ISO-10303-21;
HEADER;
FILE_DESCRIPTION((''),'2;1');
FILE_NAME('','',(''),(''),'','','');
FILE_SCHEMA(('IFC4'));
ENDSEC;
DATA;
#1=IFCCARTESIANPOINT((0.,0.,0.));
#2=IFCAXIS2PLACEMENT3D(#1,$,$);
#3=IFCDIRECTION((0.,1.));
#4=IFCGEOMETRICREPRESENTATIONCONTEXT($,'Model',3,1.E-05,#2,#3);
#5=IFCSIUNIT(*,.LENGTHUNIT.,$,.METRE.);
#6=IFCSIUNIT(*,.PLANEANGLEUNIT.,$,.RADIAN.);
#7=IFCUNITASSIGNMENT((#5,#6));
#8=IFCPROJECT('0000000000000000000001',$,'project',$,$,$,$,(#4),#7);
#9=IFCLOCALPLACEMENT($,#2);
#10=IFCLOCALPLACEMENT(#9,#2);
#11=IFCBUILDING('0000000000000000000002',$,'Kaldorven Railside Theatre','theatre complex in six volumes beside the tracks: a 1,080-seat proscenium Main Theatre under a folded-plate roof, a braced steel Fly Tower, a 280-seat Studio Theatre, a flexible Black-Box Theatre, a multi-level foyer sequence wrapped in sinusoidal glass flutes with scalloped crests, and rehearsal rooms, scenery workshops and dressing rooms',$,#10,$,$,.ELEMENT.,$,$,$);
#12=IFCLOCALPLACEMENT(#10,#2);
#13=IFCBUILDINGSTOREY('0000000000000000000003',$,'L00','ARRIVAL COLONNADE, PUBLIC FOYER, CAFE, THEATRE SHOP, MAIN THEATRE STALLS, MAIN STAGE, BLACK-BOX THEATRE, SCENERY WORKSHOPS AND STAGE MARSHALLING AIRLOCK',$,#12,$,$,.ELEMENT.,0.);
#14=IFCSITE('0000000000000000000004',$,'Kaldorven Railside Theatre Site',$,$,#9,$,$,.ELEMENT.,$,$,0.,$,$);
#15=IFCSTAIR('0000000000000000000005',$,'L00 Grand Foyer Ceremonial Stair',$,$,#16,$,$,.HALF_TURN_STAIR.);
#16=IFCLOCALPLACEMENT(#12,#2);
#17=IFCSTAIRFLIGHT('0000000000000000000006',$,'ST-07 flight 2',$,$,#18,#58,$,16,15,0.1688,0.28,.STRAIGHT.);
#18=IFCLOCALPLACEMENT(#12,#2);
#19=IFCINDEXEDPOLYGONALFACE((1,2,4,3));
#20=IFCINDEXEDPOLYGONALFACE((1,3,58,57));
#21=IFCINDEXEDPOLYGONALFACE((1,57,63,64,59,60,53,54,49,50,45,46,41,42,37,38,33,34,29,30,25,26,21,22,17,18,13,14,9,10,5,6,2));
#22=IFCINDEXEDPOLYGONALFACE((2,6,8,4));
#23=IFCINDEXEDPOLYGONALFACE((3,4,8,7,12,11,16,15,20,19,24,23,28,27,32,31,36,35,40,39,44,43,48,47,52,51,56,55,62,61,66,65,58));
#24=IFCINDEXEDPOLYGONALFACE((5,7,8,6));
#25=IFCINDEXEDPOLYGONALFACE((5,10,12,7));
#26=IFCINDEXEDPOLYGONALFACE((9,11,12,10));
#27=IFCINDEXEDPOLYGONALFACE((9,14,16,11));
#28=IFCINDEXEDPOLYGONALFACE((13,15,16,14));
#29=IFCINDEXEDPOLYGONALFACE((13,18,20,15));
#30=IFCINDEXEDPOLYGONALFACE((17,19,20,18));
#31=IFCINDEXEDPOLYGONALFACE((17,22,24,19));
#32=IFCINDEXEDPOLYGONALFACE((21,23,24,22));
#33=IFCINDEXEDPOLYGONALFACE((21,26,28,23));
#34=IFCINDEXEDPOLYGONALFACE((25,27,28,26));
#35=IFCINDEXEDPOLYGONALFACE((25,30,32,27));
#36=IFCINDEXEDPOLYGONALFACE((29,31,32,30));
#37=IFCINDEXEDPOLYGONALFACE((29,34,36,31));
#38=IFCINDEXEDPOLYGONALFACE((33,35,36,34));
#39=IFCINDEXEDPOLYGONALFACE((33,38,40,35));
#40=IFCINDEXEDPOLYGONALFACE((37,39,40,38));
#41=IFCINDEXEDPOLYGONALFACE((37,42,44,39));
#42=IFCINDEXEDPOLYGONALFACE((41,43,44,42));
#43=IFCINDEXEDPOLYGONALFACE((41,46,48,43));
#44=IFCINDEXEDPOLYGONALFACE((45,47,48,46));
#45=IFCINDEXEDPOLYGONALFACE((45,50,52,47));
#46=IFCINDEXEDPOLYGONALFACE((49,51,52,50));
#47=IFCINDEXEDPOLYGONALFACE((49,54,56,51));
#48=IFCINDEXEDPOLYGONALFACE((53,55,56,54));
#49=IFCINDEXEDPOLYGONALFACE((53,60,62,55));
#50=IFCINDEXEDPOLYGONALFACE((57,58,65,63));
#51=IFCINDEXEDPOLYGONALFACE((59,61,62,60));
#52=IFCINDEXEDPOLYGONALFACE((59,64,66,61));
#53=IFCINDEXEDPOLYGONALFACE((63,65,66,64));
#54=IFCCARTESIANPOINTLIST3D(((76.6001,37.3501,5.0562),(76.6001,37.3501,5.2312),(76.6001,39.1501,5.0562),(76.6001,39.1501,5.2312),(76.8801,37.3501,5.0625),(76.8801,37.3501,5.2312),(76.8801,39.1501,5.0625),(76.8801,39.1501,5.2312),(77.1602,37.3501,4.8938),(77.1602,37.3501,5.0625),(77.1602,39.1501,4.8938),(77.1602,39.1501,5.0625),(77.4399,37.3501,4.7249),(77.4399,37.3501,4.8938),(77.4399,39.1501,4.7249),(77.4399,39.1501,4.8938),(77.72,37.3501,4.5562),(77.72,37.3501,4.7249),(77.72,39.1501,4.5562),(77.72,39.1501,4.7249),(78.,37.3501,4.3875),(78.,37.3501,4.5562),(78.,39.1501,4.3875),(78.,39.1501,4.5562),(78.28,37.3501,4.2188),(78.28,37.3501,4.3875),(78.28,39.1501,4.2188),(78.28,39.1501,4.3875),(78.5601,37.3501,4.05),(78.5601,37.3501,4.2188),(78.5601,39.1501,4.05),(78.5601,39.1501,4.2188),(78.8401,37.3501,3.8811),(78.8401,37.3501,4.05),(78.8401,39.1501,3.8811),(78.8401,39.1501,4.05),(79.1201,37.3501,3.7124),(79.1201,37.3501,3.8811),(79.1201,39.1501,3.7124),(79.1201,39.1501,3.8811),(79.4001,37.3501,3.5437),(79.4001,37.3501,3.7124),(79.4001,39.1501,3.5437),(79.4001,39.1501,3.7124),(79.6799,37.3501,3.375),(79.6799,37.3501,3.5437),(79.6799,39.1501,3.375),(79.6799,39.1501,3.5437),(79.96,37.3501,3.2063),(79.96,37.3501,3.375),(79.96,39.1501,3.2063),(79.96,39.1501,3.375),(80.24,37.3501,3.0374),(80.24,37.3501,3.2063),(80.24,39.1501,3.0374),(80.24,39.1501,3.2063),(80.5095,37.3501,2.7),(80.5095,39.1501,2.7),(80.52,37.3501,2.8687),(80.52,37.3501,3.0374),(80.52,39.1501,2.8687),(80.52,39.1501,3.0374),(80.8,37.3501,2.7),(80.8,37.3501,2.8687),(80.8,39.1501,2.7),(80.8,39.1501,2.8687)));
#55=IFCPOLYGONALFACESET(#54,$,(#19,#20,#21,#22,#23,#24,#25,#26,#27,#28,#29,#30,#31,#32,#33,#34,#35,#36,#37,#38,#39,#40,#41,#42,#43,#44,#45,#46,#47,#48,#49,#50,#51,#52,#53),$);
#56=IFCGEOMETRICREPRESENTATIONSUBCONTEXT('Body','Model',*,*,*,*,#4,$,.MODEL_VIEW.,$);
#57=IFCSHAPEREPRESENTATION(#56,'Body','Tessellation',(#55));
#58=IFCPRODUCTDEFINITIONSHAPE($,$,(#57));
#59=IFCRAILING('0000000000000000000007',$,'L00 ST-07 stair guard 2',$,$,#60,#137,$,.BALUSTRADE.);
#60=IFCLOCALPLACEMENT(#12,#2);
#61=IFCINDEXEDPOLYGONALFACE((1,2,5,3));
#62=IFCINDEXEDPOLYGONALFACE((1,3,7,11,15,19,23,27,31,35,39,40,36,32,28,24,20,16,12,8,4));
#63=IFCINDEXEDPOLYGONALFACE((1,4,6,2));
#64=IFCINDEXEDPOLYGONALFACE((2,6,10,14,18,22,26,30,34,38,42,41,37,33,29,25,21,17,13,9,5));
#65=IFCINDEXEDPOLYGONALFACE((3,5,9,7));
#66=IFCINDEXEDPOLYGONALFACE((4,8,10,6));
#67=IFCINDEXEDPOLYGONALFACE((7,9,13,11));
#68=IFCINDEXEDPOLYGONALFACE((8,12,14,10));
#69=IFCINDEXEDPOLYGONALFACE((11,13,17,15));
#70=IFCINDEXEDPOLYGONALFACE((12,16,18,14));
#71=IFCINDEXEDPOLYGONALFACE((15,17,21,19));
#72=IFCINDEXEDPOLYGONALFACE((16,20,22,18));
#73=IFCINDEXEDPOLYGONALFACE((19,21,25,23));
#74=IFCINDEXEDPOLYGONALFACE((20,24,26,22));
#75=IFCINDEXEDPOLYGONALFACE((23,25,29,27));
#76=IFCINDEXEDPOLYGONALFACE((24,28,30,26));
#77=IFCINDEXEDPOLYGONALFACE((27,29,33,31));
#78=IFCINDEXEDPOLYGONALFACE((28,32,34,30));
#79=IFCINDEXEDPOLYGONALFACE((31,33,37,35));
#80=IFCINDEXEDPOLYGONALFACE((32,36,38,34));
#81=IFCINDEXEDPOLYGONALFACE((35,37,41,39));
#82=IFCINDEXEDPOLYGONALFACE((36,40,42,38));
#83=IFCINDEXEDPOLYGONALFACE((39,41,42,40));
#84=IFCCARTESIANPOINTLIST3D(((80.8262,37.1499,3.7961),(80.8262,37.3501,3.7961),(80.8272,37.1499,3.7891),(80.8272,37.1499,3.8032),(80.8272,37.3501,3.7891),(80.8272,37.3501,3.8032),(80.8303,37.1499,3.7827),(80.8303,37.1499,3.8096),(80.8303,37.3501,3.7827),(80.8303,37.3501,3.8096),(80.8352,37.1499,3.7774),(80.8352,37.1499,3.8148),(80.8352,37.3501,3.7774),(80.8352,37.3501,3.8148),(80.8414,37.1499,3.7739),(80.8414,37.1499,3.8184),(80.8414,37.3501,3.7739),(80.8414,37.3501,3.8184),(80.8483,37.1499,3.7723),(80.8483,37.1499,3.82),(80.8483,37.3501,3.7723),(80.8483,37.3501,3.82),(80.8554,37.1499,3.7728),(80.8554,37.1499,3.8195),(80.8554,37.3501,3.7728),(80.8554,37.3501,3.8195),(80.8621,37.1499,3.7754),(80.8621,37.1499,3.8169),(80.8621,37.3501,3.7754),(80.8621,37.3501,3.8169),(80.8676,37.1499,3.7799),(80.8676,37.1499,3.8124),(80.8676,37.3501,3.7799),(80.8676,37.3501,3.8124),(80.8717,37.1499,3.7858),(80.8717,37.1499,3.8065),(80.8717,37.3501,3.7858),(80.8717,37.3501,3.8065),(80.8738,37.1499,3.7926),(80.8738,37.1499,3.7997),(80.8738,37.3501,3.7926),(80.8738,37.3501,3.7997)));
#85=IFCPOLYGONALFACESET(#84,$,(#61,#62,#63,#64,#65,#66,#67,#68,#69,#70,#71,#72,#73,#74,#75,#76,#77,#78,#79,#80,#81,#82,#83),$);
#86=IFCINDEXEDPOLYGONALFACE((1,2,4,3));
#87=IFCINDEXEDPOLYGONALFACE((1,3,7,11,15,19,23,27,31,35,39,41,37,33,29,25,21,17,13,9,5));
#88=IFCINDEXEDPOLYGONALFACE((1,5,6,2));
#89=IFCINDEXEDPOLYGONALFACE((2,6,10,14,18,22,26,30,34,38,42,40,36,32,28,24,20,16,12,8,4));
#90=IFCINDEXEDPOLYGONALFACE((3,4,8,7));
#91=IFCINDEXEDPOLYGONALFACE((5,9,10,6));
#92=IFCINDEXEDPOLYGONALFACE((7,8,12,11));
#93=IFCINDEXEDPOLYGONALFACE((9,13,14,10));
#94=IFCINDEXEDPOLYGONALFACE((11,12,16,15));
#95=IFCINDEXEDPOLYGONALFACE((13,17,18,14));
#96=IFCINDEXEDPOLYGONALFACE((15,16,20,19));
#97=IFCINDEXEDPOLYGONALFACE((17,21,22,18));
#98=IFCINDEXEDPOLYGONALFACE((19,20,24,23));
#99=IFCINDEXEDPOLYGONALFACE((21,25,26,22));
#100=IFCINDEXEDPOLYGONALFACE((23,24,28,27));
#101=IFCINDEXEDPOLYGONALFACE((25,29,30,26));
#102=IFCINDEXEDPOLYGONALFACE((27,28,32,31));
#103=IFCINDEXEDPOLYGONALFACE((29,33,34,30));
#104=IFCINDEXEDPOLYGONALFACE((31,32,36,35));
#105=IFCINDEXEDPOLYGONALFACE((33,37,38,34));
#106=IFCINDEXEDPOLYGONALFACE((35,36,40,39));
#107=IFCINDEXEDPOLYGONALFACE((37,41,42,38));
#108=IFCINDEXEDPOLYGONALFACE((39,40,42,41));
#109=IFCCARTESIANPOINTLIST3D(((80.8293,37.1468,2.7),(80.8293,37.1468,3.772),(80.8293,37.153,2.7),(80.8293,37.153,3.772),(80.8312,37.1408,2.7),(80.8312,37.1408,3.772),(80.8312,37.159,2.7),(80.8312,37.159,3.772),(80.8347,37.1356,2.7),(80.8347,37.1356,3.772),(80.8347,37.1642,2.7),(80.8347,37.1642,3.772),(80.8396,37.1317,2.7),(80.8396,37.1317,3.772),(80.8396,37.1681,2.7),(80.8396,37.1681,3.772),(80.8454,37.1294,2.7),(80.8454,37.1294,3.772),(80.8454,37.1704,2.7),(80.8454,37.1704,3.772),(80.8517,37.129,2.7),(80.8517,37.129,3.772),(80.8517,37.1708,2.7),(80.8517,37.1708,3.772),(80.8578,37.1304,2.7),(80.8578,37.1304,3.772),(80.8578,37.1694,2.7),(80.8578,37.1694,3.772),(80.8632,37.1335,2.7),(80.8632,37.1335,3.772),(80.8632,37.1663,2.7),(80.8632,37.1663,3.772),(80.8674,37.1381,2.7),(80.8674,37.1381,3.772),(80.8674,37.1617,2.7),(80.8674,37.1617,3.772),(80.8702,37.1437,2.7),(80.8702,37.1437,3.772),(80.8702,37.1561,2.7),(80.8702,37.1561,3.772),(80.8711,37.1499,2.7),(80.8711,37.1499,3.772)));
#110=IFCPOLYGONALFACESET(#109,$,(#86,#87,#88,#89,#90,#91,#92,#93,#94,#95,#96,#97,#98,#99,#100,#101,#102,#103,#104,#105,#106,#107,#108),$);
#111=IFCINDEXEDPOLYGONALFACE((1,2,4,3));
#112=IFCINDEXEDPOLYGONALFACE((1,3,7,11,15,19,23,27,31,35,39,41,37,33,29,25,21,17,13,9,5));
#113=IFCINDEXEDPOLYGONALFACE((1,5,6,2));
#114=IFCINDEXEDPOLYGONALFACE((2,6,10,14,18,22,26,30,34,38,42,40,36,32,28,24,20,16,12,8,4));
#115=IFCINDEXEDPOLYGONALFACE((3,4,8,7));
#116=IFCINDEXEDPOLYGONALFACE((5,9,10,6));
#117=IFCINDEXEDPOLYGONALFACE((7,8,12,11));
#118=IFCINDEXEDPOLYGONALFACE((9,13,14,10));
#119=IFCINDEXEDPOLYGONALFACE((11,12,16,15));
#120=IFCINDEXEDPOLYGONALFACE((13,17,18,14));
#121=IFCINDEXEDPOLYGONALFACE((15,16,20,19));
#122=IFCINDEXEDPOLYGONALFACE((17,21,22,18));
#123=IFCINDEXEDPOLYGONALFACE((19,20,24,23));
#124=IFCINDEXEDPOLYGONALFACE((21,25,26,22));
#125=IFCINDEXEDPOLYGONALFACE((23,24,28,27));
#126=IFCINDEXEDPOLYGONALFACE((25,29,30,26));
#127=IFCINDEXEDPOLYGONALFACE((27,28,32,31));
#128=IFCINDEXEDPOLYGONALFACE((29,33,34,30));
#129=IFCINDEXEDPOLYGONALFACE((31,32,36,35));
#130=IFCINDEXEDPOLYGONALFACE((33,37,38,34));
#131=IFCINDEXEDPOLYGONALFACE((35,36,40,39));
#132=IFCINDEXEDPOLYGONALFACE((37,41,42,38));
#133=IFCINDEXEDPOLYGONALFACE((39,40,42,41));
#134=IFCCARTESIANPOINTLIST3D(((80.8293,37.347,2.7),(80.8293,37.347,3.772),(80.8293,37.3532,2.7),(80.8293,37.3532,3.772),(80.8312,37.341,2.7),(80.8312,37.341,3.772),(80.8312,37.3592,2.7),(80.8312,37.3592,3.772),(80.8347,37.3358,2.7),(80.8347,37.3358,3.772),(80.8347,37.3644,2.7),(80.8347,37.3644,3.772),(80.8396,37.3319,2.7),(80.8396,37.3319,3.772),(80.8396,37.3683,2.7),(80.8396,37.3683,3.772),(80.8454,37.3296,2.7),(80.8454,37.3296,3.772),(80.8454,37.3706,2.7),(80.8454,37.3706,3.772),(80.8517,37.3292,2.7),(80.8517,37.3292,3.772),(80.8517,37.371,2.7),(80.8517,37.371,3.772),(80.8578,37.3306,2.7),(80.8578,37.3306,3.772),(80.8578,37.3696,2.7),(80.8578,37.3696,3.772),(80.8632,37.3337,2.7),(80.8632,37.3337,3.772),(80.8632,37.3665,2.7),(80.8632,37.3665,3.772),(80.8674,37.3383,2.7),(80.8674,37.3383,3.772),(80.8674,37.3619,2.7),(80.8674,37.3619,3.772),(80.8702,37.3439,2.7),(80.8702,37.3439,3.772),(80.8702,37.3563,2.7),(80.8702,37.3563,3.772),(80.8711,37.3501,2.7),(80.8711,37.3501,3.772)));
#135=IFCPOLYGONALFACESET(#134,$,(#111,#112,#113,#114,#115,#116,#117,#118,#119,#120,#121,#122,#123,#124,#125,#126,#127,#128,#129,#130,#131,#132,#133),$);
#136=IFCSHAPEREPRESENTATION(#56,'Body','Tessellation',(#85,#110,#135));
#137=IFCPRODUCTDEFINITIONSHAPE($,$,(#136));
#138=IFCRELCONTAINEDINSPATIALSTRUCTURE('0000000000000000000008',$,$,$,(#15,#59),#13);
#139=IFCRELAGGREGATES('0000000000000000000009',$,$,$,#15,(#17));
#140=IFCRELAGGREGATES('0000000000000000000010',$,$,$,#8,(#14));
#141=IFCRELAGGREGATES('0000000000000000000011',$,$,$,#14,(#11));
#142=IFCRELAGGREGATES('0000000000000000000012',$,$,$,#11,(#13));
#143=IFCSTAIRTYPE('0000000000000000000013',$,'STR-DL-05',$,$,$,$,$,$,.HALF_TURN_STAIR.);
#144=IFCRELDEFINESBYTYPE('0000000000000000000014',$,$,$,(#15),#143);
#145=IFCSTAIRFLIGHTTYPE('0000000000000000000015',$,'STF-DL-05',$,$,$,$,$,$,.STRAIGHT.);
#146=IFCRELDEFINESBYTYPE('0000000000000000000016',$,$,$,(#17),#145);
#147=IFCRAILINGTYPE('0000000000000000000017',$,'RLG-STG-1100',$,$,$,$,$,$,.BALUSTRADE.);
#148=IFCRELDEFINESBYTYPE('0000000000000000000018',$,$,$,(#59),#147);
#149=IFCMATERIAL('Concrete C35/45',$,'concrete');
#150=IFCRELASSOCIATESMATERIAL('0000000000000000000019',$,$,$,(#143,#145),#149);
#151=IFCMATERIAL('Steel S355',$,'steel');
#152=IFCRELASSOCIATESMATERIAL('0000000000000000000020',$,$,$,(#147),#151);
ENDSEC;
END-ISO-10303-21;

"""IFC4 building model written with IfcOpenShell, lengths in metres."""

from ifc_helpers import new_model, si_unit, direction, frame, origin, origin_2d, place, context, subcontext, project, spatial, polyline, circle, outline, extrude, material, type_object, element, aggregate, save


model = new_model("IFC4")

# Units and contexts
model_context = context("Model", 3, precision=1e-05, world=origin(), true_north=direction((0.0, 1.0)))
body_context = subcontext(model_context, "Body", "Model", "MODEL_VIEW")
ifc_project = project(units=[si_unit("LENGTHUNIT", "METRE"), si_unit("PLANEANGLEUNIT", "RADIAN")], contexts=[model_context])

# Site, building, storey
site_placement = place(None, origin())
site = spatial("IfcSite", under=ifc_project, at=site_placement, Name="Kaldorven Railside Theatre Site", CompositionType="ELEMENT", RefElevation=0.0)
building_placement = place(site_placement, origin())
building = spatial("IfcBuilding", under=site, at=building_placement, Name="Kaldorven Railside Theatre", Description="theatre complex in six volumes beside the tracks: a 1,080-seat proscenium Main Theatre under a folded-plate roof, a braced steel Fly Tower, a 280-seat Studio Theatre, a flexible Black-Box Theatre, a multi-level foyer sequence wrapped in sinusoidal glass flutes with scalloped crests, and rehearsal rooms, scenery workshops and dressing rooms", CompositionType="ELEMENT")
storey_placement = place(building_placement, origin())
storey = spatial("IfcBuildingStorey", under=building, at=storey_placement, Name="L00", Description="ARRIVAL COLONNADE, PUBLIC FOYER, CAFE, THEATRE SHOP, MAIN THEATRE STALLS, MAIN STAGE, BLACK-BOX THEATRE, SCENERY WORKSHOPS AND STAGE MARSHALLING AIRLOCK", CompositionType="ELEMENT", Elevation=0.0)

# Shared definitions
ifc_material_1 = material(Name="Steel S355", Category="steel")

# Stair, stair flight
ifc_material_2 = material(Name="Concrete C35/45", Category="concrete")
stair_type = type_object("IfcStairType", Name="STR-DL-05", PredefinedType="HALF_TURN_STAIR", material=ifc_material_2)
stair_placement = place(storey_placement, origin())
stair = element("IfcStair", 1, at=stair_placement, inside=storey, type_object=stair_type, Name="L00 Grand Foyer Ceremonial Stair", PredefinedType="HALF_TURN_STAIR")
stair_flight_type = type_object("IfcStairFlightType", Name="STF-DL-05", PredefinedType="STRAIGHT", material=ifc_material_2)
stair_flight_placement = place(storey_placement, frame((80.8, 38.25, 2.7), z_axis=(0.0, 0.0, 1.0), x_axis=(-1.0, 0.0, 0.0)))
stair_flight = element("IfcStairFlight", 2, at=stair_flight_placement, type_object=stair_flight_type, Name="ST-07 flight 2", NumberOfRisers=16, NumberOfTreads=15, PredefinedType="STRAIGHT", RiserHeight=0.1688, TreadLength=0.28, context=body_context, shape_type="SweptSolid", body=[
    extrude(outline(polyline([(0.0, 0.0), (0.0, 0.1687), (0.28, 0.1687), (0.28, 0.3374), (0.5601, 0.3374), (0.5601, 0.5063), (0.8401, 0.5063), (0.8401, 0.675), (1.1201, 0.675), (1.1201, 0.8438), (1.3999, 0.8438), (1.3999, 1.0125), (1.6799, 1.0125), (1.6799, 1.1812), (1.96, 1.1812), (1.96, 1.3501), (2.24, 1.3501), (2.24, 1.5188), (2.52, 1.5188), (2.52, 1.6875), (2.8, 1.6875), (2.8, 1.8562), (3.0801, 1.8562), (3.0801, 2.0249), (3.3601, 2.0249), (3.3601, 2.1938), (3.6399, 2.1938), (3.6399, 2.3625), (3.9199, 2.3625), (3.9199, 2.5312), (4.2, 2.5312), (4.2, 2.7), (4.2, 2.3562), (0.2905, 0.0), (0.0, 0.0)])), frame((0.0, 0.8999, 0.0), z_axis=(0.0, -1.0, 0.0), x_axis=(1.0, 0.0, 0.0)), (0.0, 0.0, 1.0), 1.8),
])
aggregate(stair, [stair_flight])

# Railing
railing_type_1 = type_object("IfcRailingType", Name="RLG-STG-1100", PredefinedType="BALUSTRADE", material=ifc_material_1)
railing_1_placement = place(storey_placement, frame((80.8501, 37.1499, 2.7)))
element("IfcRailing", 3, at=railing_1_placement, inside=storey, type_object=railing_type_1, Name="L00 ST-07 stair guard 2", PredefinedType="BALUSTRADE", context=body_context, shape_type="SweptSolid", body=[
    extrude(circle(Radius=0.0239, at=origin_2d()), frame((0.0, 0.0, 1.0962), z_axis=(0.0, 1.0, 0.0), x_axis=(-1.0, 0.0, 0.0)), (0.0, 0.0, 1.0), 0.2002),
    extrude(circle(Radius=0.021, at=origin_2d()), origin(), (0.0, 0.0, 1.0), 1.072),
    extrude(circle(Radius=0.021, at=origin_2d()), frame((0.0, 0.2002, 0.0)), (0.0, 0.0, 1.0), 1.072),
])

save(model, "model.ifc")
